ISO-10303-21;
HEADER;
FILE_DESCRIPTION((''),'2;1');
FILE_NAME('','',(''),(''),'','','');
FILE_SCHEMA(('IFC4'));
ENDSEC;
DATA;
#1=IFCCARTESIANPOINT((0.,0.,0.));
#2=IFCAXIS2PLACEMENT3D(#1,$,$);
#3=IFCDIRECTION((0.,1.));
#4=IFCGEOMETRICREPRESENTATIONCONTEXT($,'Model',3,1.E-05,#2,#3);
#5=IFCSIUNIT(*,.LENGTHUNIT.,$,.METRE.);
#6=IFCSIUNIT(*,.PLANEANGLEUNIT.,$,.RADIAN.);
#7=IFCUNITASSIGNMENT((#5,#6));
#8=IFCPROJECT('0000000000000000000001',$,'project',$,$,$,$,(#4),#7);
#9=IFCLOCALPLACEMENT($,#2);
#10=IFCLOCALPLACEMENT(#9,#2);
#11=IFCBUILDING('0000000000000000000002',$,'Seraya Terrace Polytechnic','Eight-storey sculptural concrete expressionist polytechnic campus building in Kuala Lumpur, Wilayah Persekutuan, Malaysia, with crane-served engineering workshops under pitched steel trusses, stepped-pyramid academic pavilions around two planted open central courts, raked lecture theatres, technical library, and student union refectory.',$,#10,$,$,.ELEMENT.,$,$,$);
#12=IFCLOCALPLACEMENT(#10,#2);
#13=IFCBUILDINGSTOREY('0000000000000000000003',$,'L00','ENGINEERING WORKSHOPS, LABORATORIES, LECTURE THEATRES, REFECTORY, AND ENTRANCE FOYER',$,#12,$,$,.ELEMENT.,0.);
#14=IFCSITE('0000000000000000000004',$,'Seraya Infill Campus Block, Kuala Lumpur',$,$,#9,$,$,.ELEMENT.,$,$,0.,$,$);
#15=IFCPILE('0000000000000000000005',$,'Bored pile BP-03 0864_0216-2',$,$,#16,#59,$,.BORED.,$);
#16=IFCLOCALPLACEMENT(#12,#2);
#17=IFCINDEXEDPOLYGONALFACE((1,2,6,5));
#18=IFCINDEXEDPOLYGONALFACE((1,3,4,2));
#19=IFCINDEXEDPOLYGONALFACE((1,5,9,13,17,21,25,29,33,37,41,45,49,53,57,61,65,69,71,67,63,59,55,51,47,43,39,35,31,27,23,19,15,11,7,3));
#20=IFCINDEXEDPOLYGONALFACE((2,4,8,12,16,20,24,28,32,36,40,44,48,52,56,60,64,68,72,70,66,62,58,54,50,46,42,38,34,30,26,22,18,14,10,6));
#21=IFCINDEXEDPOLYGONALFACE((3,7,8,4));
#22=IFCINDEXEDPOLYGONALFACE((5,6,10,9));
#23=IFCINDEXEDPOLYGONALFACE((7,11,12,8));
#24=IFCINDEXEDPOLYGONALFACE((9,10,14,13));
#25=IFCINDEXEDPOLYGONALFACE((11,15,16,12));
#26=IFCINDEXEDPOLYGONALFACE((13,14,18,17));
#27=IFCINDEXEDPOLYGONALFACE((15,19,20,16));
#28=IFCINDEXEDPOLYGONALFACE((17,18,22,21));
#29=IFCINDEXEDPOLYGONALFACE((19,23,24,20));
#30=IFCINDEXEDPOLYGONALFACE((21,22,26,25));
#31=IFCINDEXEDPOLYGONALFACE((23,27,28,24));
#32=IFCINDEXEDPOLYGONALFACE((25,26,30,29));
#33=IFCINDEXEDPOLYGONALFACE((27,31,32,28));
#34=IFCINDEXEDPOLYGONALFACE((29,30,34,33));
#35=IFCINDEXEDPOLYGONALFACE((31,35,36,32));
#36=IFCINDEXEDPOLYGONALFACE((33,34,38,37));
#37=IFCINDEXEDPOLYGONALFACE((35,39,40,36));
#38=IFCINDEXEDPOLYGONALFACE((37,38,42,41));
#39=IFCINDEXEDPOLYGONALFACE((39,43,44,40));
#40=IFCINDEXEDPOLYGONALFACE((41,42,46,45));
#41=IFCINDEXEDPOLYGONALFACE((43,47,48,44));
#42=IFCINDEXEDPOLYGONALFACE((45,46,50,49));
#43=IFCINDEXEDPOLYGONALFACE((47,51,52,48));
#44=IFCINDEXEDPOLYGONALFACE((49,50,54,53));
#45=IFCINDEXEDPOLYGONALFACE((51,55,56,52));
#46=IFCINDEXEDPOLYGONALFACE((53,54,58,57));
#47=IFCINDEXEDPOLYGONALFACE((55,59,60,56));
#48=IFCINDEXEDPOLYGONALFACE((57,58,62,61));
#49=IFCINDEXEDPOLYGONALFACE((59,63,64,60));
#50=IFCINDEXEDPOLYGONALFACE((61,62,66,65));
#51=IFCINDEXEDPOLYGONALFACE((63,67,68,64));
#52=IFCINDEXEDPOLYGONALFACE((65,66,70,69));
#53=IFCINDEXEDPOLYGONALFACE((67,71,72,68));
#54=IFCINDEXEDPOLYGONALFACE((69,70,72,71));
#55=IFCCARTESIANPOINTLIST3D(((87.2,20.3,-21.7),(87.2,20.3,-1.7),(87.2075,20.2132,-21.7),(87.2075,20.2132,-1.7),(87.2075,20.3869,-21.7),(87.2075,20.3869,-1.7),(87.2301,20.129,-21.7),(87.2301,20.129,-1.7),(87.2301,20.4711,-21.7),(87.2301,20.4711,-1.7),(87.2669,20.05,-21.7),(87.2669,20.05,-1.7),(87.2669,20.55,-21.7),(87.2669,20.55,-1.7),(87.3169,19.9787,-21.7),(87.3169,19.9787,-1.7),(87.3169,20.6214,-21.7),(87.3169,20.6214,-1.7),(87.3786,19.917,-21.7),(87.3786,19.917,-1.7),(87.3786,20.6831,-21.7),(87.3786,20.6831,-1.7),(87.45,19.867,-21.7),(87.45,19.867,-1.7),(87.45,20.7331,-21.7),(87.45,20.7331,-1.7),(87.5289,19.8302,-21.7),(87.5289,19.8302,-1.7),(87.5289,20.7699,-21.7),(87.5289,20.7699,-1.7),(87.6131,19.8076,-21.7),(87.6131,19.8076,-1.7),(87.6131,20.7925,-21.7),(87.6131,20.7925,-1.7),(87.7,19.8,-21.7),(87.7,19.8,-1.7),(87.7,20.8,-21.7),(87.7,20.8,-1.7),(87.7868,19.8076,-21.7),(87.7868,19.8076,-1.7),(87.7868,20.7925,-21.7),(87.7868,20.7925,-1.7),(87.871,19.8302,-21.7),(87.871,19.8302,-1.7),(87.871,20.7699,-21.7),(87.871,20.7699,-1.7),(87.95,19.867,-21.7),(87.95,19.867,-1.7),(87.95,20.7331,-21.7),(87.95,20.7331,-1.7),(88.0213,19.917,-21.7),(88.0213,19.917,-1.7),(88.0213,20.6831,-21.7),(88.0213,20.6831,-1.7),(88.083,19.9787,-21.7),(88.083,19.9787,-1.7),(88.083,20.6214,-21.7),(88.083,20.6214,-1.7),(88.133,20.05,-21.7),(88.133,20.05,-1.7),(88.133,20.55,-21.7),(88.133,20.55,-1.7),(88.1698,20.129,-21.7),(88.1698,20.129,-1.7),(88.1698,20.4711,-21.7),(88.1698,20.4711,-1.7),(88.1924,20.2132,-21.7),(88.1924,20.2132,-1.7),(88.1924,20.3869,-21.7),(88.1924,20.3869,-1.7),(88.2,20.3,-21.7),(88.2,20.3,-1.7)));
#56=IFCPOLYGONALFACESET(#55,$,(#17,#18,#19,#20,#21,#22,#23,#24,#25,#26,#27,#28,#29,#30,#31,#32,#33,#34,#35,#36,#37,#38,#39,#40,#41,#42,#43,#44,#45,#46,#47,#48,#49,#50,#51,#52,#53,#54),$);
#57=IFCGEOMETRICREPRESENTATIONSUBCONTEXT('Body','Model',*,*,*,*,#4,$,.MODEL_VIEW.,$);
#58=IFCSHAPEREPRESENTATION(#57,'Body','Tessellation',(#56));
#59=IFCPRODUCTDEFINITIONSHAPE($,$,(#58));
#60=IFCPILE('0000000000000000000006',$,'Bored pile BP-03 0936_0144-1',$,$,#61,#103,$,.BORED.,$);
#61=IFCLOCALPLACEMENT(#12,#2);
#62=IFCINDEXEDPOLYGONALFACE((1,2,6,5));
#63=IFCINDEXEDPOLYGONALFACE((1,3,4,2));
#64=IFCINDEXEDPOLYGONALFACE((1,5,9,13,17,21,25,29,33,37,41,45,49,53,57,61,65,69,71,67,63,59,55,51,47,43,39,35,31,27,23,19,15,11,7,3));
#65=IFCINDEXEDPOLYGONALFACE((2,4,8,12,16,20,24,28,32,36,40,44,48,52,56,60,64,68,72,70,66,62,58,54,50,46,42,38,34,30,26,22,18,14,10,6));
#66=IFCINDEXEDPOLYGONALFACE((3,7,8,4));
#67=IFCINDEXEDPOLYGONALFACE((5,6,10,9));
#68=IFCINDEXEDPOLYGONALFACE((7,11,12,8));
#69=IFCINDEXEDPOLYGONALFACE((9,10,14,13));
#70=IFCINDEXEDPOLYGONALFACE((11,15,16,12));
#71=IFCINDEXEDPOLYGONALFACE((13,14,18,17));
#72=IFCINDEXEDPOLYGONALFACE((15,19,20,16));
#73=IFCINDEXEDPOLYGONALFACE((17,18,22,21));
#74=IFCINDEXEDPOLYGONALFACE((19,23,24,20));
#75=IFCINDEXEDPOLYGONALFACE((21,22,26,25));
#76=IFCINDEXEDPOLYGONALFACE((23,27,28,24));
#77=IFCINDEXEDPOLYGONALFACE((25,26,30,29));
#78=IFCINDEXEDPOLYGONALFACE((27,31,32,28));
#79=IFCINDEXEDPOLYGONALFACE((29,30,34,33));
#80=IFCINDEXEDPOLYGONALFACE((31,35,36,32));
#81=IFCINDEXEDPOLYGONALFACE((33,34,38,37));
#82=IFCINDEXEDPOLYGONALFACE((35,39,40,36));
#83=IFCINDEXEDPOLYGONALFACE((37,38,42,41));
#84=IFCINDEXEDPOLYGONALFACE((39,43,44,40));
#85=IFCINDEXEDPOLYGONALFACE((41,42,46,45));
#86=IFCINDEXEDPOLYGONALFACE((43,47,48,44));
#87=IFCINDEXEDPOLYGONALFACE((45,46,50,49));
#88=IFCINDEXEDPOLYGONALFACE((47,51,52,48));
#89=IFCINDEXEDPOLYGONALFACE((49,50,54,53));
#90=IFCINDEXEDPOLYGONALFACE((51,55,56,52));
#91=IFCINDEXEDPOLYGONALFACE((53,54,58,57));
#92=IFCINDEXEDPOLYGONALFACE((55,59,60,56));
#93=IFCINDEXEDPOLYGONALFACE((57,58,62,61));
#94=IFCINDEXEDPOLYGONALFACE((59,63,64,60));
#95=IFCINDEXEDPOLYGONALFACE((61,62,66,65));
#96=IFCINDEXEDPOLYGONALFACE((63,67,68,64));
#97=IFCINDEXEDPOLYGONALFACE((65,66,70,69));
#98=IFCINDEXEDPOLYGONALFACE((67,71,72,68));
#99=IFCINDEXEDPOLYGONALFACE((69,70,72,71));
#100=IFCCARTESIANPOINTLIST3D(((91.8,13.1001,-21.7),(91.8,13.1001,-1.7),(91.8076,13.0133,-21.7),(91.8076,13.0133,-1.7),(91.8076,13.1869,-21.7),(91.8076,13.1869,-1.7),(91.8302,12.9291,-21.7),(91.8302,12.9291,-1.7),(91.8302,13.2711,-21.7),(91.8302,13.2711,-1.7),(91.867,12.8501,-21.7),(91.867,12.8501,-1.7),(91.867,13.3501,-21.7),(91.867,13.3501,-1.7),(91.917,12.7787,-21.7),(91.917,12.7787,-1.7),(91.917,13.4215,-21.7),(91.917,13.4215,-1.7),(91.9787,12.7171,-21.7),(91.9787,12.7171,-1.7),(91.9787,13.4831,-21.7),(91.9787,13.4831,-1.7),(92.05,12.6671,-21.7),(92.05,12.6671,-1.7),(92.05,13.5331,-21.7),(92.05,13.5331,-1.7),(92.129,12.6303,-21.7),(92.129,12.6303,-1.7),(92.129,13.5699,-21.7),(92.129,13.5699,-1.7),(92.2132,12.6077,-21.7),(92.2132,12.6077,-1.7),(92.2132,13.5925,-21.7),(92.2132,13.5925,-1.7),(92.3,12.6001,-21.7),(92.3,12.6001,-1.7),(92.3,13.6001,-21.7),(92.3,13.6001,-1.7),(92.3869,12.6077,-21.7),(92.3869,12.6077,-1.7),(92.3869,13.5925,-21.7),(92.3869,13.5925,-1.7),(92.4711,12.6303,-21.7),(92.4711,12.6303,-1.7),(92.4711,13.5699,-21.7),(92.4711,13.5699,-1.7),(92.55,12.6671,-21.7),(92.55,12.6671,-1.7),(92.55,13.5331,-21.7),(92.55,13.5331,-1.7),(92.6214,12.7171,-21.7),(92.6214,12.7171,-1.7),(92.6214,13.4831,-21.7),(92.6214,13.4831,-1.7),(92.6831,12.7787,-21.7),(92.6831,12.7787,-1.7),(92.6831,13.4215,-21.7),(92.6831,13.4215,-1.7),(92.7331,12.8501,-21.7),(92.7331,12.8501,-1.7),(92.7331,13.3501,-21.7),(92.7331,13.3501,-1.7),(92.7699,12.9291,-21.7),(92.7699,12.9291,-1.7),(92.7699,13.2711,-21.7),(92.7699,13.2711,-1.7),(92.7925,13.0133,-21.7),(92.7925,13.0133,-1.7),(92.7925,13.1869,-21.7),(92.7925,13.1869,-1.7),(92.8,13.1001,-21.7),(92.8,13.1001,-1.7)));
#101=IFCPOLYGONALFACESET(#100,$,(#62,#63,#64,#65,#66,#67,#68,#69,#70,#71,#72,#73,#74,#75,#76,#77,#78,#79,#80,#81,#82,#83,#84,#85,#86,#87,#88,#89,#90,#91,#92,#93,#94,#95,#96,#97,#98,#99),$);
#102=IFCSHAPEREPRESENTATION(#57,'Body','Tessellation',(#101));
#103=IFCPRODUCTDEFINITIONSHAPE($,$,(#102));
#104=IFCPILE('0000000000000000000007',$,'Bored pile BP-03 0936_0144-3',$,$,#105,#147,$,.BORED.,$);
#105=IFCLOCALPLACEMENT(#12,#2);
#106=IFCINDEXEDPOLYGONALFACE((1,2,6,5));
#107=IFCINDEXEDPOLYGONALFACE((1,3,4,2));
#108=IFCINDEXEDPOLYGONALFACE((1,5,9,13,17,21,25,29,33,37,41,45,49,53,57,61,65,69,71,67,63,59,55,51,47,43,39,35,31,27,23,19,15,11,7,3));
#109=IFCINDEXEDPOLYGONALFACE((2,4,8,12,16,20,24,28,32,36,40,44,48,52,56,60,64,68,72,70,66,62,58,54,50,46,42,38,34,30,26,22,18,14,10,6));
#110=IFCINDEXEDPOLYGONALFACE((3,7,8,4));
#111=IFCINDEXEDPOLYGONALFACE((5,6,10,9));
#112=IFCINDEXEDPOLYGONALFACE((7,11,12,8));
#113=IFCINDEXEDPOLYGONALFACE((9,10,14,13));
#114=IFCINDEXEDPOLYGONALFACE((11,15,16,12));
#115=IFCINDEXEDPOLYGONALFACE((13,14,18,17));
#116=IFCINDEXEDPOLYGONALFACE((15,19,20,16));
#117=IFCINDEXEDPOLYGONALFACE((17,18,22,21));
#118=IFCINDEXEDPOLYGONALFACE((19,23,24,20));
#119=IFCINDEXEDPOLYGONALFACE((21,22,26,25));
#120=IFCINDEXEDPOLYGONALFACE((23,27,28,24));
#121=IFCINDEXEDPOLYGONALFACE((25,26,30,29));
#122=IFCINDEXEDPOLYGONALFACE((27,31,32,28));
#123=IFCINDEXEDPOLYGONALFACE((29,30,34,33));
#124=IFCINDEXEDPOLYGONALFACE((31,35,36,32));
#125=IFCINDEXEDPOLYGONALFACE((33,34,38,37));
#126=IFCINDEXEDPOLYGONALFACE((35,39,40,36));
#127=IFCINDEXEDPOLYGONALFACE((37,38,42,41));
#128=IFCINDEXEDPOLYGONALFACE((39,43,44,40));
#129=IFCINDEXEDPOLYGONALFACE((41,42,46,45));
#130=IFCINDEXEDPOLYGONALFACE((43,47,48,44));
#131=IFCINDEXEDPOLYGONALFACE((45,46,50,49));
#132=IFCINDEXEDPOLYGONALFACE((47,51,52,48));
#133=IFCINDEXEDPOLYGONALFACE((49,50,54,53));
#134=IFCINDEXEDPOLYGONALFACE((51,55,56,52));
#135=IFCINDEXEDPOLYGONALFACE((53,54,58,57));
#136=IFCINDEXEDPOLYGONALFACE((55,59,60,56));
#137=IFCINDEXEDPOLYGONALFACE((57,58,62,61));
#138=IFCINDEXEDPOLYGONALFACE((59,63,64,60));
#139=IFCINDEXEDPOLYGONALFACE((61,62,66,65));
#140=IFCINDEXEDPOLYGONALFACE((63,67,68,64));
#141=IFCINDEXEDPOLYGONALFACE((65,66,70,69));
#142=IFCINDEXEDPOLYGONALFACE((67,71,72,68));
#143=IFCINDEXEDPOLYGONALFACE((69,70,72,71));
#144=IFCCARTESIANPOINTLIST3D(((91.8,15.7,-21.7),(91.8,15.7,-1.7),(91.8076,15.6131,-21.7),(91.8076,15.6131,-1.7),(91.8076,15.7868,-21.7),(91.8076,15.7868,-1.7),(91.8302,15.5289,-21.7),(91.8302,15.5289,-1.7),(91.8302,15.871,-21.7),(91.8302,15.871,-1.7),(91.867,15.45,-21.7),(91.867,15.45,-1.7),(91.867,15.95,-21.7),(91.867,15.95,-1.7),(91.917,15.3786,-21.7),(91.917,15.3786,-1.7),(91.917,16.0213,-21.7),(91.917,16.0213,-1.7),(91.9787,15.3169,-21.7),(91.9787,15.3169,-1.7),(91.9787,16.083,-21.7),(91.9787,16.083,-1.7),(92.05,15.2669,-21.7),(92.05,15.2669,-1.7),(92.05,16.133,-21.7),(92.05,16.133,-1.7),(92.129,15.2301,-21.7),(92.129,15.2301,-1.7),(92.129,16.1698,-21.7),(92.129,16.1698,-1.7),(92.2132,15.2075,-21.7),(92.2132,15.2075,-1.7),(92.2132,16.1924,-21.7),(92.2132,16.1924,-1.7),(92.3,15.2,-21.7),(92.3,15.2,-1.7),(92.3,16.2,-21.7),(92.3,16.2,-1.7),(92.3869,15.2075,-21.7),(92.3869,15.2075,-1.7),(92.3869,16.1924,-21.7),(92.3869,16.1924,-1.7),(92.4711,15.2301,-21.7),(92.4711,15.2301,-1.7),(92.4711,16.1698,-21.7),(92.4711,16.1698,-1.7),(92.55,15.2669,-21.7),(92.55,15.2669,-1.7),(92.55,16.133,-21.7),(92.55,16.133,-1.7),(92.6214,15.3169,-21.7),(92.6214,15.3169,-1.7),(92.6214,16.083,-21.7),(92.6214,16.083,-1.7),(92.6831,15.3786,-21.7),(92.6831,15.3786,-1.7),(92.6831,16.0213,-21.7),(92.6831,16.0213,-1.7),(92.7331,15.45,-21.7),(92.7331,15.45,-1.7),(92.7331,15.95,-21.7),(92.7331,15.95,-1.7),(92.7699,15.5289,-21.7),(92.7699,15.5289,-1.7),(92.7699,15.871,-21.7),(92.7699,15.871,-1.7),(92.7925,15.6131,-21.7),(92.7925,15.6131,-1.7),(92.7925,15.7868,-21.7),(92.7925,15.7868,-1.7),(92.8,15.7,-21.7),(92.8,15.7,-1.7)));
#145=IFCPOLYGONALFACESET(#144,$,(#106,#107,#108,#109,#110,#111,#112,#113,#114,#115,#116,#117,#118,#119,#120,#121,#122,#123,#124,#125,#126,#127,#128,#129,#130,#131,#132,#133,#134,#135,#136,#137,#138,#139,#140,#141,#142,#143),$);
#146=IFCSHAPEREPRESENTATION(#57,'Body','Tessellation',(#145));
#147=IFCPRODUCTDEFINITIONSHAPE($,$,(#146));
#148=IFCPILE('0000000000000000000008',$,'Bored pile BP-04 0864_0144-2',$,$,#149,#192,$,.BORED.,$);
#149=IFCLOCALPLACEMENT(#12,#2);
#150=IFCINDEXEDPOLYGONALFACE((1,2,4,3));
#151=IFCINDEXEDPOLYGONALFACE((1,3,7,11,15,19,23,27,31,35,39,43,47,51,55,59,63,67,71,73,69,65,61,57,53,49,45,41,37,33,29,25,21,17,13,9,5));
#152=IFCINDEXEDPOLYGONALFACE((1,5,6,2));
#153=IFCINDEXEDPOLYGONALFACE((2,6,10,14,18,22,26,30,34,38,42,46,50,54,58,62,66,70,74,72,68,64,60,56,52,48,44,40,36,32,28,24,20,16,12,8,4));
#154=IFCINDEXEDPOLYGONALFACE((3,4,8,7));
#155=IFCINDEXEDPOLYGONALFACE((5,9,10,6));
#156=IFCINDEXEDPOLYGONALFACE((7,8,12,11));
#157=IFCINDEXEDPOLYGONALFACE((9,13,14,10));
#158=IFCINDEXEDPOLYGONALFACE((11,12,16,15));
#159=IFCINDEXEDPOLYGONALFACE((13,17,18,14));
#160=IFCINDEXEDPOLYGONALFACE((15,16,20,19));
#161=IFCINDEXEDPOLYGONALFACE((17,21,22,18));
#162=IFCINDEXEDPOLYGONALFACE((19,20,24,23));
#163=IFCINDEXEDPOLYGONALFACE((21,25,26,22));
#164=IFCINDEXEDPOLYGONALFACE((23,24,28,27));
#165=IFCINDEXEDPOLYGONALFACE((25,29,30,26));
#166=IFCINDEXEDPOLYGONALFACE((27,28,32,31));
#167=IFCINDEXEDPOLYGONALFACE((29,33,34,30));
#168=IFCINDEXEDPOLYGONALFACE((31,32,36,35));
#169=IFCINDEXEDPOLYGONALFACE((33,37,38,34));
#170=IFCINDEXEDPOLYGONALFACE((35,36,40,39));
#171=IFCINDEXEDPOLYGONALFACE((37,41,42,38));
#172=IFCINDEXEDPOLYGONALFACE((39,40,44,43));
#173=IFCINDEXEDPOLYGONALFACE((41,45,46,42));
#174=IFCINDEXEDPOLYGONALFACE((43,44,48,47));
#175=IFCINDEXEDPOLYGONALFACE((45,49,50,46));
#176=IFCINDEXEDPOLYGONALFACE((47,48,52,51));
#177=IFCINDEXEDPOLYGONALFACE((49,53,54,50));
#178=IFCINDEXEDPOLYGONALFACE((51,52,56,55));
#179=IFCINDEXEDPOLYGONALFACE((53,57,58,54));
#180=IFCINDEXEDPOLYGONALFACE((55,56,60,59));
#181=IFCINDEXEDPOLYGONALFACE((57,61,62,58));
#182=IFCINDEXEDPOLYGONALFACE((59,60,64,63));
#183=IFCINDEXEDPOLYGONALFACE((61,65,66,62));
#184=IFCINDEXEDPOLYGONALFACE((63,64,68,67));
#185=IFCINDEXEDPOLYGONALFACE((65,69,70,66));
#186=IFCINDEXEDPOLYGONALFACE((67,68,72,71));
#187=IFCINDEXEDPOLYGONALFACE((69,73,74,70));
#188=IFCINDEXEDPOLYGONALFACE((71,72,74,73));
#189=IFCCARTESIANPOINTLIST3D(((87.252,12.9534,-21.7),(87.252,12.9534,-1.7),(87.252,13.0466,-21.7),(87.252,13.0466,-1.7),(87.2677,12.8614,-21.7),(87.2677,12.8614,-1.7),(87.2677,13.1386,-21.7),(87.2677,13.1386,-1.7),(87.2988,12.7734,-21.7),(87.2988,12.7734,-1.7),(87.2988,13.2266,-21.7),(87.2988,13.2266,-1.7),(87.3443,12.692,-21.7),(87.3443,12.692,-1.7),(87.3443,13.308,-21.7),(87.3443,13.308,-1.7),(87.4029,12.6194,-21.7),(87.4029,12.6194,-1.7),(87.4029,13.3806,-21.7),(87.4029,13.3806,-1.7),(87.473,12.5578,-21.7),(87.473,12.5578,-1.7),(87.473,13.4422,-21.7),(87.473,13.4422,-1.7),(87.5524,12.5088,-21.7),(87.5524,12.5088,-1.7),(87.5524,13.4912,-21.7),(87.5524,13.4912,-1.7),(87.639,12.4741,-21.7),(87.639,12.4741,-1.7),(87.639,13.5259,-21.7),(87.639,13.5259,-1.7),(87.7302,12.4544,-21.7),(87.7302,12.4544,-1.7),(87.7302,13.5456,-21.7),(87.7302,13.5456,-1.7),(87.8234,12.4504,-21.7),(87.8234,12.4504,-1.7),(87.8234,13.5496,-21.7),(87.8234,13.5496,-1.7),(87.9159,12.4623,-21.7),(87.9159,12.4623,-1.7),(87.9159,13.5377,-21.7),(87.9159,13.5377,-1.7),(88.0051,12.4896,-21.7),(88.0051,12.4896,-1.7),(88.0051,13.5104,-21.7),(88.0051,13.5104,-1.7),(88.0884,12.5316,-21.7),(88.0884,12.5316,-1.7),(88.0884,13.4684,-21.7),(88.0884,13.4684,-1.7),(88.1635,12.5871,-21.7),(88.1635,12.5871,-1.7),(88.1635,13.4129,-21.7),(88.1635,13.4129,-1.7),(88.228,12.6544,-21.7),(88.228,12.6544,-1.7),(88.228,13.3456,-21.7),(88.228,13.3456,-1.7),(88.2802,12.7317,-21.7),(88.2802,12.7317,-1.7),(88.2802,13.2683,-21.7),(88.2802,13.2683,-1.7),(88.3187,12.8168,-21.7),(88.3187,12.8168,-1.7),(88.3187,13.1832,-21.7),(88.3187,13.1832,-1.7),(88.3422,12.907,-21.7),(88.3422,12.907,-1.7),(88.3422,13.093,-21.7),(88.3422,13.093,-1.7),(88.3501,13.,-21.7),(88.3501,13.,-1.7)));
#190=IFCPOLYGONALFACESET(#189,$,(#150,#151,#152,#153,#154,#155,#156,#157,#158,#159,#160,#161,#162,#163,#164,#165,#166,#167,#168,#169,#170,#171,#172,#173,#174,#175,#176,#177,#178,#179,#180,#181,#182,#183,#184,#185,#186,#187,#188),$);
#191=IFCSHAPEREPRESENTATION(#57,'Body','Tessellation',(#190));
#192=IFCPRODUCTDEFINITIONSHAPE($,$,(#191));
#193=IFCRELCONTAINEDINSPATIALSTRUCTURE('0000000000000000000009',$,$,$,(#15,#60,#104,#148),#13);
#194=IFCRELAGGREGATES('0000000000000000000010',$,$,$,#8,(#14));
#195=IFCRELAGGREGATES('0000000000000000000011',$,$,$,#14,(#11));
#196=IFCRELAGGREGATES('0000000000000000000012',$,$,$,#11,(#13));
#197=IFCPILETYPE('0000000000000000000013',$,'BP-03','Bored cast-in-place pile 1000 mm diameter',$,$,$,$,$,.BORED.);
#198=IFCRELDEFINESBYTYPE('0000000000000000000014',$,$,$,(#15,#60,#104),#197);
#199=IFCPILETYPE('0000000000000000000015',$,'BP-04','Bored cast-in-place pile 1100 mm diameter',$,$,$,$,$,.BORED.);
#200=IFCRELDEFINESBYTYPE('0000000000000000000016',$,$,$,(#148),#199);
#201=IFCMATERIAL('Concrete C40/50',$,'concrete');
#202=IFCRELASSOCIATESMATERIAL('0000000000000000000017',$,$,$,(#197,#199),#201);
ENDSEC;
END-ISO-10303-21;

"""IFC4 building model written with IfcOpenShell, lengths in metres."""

from ifc_helpers import new_model, si_unit, direction, frame, origin, origin_2d, place, context, subcontext, project, spatial, circle, extrude, material, material_profile, profile_set, type_object, element, save


model = new_model("IFC4")

# Units and contexts
model_context = context("Model", 3, precision=1e-05, world=origin(), true_north=direction((0.0, 1.0)))
body_context = subcontext(model_context, "Body", "Model", "MODEL_VIEW")
ifc_project = project(units=[si_unit("LENGTHUNIT", "METRE"), si_unit("PLANEANGLEUNIT", "RADIAN")], contexts=[model_context])

# Site, building, storey
site_placement = place(None, origin())
site = spatial("IfcSite", under=ifc_project, at=site_placement, Name="Seraya Infill Campus Block, Kuala Lumpur", CompositionType="ELEMENT", RefElevation=0.0)
building_placement = place(site_placement, origin())
building = spatial("IfcBuilding", under=site, at=building_placement, Name="Seraya Terrace Polytechnic", Description="Eight-storey sculptural concrete expressionist polytechnic campus building in Kuala Lumpur, Wilayah Persekutuan, Malaysia, with crane-served engineering workshops under pitched steel trusses, stepped-pyramid academic pavilions around two planted open central courts, raked lecture theatres, technical library, and student union refectory.", CompositionType="ELEMENT")
storey_placement = place(building_placement, origin())
storey = spatial("IfcBuildingStorey", under=building, at=storey_placement, Name="L00", Description="ENGINEERING WORKSHOPS, LABORATORIES, LECTURE THEATRES, REFECTORY, AND ENTRANCE FOYER", CompositionType="ELEMENT", Elevation=0.0)

# Piles
ifc_material_1 = material(Name="Concrete C40/50", Category="concrete")
ifc_material_profile_1 = material_profile(ifc_material_1, circle(Radius=0.5, at=origin_2d()), Name="DIA 1000")
ifc_profile_set_1 = profile_set([ifc_material_profile_1], Name="Concrete C40/50")
pile_type_1 = type_object("IfcPileType", Name="BP-03", Description="Bored cast-in-place pile 1000 mm diameter", PredefinedType="BORED", material=ifc_profile_set_1)
for number, where, z_axis, x_axis, name in (
    (1, (87.7, 20.3, -1.7), (0.0, 0.0, -1.0), (1.0, 0.0, 0.0), "Bored pile BP-03 0864_0216-2"),
    (2, (92.3, 13.1001, -1.7), (0.0, 0.0, -1.0), (1.0, 0.0, 0.0), "Bored pile BP-03 0936_0144-1"),
    (3, (92.3, 15.7, -1.7), (0.0, 0.0, -1.0), (1.0, 0.0, 0.0), "Bored pile BP-03 0936_0144-3"),
):
    element("IfcPile", number, at=place(storey_placement, frame(where, z_axis=z_axis, x_axis=x_axis)), inside=storey, type_object=pile_type_1, Name=name, PredefinedType="BORED", context=body_context, shape_type="SweptSolid", body=[
        extrude(circle(Radius=0.5, at=origin_2d()), origin(), (0.0, 0.0, 1.0), 20.0),
    ])
ifc_material_profile_2 = material_profile(ifc_material_1, circle(Radius=0.55, at=origin_2d()), Name="DIA 1100")
ifc_profile_set_2 = profile_set([ifc_material_profile_2], Name="Concrete C40/50")
pile_type_2 = type_object("IfcPileType", Name="BP-04", Description="Bored cast-in-place pile 1100 mm diameter", PredefinedType="BORED", material=ifc_profile_set_2)
for number, where, z_axis, x_axis, name in (
    (4, (87.8, 13.0, -1.7), (0.0, 0.0, -1.0), (1.0, 0.0, 0.0), "Bored pile BP-04 0864_0144-2"),
):
    element("IfcPile", number, at=place(storey_placement, frame(where, z_axis=z_axis, x_axis=x_axis)), inside=storey, type_object=pile_type_2, Name=name, PredefinedType="BORED", context=body_context, shape_type="SweptSolid", body=[
        extrude(circle(Radius=0.55, at=origin_2d()), origin(), (0.0, 0.0, 1.0), 20.0),
    ])

save(model, "model.ifc")
